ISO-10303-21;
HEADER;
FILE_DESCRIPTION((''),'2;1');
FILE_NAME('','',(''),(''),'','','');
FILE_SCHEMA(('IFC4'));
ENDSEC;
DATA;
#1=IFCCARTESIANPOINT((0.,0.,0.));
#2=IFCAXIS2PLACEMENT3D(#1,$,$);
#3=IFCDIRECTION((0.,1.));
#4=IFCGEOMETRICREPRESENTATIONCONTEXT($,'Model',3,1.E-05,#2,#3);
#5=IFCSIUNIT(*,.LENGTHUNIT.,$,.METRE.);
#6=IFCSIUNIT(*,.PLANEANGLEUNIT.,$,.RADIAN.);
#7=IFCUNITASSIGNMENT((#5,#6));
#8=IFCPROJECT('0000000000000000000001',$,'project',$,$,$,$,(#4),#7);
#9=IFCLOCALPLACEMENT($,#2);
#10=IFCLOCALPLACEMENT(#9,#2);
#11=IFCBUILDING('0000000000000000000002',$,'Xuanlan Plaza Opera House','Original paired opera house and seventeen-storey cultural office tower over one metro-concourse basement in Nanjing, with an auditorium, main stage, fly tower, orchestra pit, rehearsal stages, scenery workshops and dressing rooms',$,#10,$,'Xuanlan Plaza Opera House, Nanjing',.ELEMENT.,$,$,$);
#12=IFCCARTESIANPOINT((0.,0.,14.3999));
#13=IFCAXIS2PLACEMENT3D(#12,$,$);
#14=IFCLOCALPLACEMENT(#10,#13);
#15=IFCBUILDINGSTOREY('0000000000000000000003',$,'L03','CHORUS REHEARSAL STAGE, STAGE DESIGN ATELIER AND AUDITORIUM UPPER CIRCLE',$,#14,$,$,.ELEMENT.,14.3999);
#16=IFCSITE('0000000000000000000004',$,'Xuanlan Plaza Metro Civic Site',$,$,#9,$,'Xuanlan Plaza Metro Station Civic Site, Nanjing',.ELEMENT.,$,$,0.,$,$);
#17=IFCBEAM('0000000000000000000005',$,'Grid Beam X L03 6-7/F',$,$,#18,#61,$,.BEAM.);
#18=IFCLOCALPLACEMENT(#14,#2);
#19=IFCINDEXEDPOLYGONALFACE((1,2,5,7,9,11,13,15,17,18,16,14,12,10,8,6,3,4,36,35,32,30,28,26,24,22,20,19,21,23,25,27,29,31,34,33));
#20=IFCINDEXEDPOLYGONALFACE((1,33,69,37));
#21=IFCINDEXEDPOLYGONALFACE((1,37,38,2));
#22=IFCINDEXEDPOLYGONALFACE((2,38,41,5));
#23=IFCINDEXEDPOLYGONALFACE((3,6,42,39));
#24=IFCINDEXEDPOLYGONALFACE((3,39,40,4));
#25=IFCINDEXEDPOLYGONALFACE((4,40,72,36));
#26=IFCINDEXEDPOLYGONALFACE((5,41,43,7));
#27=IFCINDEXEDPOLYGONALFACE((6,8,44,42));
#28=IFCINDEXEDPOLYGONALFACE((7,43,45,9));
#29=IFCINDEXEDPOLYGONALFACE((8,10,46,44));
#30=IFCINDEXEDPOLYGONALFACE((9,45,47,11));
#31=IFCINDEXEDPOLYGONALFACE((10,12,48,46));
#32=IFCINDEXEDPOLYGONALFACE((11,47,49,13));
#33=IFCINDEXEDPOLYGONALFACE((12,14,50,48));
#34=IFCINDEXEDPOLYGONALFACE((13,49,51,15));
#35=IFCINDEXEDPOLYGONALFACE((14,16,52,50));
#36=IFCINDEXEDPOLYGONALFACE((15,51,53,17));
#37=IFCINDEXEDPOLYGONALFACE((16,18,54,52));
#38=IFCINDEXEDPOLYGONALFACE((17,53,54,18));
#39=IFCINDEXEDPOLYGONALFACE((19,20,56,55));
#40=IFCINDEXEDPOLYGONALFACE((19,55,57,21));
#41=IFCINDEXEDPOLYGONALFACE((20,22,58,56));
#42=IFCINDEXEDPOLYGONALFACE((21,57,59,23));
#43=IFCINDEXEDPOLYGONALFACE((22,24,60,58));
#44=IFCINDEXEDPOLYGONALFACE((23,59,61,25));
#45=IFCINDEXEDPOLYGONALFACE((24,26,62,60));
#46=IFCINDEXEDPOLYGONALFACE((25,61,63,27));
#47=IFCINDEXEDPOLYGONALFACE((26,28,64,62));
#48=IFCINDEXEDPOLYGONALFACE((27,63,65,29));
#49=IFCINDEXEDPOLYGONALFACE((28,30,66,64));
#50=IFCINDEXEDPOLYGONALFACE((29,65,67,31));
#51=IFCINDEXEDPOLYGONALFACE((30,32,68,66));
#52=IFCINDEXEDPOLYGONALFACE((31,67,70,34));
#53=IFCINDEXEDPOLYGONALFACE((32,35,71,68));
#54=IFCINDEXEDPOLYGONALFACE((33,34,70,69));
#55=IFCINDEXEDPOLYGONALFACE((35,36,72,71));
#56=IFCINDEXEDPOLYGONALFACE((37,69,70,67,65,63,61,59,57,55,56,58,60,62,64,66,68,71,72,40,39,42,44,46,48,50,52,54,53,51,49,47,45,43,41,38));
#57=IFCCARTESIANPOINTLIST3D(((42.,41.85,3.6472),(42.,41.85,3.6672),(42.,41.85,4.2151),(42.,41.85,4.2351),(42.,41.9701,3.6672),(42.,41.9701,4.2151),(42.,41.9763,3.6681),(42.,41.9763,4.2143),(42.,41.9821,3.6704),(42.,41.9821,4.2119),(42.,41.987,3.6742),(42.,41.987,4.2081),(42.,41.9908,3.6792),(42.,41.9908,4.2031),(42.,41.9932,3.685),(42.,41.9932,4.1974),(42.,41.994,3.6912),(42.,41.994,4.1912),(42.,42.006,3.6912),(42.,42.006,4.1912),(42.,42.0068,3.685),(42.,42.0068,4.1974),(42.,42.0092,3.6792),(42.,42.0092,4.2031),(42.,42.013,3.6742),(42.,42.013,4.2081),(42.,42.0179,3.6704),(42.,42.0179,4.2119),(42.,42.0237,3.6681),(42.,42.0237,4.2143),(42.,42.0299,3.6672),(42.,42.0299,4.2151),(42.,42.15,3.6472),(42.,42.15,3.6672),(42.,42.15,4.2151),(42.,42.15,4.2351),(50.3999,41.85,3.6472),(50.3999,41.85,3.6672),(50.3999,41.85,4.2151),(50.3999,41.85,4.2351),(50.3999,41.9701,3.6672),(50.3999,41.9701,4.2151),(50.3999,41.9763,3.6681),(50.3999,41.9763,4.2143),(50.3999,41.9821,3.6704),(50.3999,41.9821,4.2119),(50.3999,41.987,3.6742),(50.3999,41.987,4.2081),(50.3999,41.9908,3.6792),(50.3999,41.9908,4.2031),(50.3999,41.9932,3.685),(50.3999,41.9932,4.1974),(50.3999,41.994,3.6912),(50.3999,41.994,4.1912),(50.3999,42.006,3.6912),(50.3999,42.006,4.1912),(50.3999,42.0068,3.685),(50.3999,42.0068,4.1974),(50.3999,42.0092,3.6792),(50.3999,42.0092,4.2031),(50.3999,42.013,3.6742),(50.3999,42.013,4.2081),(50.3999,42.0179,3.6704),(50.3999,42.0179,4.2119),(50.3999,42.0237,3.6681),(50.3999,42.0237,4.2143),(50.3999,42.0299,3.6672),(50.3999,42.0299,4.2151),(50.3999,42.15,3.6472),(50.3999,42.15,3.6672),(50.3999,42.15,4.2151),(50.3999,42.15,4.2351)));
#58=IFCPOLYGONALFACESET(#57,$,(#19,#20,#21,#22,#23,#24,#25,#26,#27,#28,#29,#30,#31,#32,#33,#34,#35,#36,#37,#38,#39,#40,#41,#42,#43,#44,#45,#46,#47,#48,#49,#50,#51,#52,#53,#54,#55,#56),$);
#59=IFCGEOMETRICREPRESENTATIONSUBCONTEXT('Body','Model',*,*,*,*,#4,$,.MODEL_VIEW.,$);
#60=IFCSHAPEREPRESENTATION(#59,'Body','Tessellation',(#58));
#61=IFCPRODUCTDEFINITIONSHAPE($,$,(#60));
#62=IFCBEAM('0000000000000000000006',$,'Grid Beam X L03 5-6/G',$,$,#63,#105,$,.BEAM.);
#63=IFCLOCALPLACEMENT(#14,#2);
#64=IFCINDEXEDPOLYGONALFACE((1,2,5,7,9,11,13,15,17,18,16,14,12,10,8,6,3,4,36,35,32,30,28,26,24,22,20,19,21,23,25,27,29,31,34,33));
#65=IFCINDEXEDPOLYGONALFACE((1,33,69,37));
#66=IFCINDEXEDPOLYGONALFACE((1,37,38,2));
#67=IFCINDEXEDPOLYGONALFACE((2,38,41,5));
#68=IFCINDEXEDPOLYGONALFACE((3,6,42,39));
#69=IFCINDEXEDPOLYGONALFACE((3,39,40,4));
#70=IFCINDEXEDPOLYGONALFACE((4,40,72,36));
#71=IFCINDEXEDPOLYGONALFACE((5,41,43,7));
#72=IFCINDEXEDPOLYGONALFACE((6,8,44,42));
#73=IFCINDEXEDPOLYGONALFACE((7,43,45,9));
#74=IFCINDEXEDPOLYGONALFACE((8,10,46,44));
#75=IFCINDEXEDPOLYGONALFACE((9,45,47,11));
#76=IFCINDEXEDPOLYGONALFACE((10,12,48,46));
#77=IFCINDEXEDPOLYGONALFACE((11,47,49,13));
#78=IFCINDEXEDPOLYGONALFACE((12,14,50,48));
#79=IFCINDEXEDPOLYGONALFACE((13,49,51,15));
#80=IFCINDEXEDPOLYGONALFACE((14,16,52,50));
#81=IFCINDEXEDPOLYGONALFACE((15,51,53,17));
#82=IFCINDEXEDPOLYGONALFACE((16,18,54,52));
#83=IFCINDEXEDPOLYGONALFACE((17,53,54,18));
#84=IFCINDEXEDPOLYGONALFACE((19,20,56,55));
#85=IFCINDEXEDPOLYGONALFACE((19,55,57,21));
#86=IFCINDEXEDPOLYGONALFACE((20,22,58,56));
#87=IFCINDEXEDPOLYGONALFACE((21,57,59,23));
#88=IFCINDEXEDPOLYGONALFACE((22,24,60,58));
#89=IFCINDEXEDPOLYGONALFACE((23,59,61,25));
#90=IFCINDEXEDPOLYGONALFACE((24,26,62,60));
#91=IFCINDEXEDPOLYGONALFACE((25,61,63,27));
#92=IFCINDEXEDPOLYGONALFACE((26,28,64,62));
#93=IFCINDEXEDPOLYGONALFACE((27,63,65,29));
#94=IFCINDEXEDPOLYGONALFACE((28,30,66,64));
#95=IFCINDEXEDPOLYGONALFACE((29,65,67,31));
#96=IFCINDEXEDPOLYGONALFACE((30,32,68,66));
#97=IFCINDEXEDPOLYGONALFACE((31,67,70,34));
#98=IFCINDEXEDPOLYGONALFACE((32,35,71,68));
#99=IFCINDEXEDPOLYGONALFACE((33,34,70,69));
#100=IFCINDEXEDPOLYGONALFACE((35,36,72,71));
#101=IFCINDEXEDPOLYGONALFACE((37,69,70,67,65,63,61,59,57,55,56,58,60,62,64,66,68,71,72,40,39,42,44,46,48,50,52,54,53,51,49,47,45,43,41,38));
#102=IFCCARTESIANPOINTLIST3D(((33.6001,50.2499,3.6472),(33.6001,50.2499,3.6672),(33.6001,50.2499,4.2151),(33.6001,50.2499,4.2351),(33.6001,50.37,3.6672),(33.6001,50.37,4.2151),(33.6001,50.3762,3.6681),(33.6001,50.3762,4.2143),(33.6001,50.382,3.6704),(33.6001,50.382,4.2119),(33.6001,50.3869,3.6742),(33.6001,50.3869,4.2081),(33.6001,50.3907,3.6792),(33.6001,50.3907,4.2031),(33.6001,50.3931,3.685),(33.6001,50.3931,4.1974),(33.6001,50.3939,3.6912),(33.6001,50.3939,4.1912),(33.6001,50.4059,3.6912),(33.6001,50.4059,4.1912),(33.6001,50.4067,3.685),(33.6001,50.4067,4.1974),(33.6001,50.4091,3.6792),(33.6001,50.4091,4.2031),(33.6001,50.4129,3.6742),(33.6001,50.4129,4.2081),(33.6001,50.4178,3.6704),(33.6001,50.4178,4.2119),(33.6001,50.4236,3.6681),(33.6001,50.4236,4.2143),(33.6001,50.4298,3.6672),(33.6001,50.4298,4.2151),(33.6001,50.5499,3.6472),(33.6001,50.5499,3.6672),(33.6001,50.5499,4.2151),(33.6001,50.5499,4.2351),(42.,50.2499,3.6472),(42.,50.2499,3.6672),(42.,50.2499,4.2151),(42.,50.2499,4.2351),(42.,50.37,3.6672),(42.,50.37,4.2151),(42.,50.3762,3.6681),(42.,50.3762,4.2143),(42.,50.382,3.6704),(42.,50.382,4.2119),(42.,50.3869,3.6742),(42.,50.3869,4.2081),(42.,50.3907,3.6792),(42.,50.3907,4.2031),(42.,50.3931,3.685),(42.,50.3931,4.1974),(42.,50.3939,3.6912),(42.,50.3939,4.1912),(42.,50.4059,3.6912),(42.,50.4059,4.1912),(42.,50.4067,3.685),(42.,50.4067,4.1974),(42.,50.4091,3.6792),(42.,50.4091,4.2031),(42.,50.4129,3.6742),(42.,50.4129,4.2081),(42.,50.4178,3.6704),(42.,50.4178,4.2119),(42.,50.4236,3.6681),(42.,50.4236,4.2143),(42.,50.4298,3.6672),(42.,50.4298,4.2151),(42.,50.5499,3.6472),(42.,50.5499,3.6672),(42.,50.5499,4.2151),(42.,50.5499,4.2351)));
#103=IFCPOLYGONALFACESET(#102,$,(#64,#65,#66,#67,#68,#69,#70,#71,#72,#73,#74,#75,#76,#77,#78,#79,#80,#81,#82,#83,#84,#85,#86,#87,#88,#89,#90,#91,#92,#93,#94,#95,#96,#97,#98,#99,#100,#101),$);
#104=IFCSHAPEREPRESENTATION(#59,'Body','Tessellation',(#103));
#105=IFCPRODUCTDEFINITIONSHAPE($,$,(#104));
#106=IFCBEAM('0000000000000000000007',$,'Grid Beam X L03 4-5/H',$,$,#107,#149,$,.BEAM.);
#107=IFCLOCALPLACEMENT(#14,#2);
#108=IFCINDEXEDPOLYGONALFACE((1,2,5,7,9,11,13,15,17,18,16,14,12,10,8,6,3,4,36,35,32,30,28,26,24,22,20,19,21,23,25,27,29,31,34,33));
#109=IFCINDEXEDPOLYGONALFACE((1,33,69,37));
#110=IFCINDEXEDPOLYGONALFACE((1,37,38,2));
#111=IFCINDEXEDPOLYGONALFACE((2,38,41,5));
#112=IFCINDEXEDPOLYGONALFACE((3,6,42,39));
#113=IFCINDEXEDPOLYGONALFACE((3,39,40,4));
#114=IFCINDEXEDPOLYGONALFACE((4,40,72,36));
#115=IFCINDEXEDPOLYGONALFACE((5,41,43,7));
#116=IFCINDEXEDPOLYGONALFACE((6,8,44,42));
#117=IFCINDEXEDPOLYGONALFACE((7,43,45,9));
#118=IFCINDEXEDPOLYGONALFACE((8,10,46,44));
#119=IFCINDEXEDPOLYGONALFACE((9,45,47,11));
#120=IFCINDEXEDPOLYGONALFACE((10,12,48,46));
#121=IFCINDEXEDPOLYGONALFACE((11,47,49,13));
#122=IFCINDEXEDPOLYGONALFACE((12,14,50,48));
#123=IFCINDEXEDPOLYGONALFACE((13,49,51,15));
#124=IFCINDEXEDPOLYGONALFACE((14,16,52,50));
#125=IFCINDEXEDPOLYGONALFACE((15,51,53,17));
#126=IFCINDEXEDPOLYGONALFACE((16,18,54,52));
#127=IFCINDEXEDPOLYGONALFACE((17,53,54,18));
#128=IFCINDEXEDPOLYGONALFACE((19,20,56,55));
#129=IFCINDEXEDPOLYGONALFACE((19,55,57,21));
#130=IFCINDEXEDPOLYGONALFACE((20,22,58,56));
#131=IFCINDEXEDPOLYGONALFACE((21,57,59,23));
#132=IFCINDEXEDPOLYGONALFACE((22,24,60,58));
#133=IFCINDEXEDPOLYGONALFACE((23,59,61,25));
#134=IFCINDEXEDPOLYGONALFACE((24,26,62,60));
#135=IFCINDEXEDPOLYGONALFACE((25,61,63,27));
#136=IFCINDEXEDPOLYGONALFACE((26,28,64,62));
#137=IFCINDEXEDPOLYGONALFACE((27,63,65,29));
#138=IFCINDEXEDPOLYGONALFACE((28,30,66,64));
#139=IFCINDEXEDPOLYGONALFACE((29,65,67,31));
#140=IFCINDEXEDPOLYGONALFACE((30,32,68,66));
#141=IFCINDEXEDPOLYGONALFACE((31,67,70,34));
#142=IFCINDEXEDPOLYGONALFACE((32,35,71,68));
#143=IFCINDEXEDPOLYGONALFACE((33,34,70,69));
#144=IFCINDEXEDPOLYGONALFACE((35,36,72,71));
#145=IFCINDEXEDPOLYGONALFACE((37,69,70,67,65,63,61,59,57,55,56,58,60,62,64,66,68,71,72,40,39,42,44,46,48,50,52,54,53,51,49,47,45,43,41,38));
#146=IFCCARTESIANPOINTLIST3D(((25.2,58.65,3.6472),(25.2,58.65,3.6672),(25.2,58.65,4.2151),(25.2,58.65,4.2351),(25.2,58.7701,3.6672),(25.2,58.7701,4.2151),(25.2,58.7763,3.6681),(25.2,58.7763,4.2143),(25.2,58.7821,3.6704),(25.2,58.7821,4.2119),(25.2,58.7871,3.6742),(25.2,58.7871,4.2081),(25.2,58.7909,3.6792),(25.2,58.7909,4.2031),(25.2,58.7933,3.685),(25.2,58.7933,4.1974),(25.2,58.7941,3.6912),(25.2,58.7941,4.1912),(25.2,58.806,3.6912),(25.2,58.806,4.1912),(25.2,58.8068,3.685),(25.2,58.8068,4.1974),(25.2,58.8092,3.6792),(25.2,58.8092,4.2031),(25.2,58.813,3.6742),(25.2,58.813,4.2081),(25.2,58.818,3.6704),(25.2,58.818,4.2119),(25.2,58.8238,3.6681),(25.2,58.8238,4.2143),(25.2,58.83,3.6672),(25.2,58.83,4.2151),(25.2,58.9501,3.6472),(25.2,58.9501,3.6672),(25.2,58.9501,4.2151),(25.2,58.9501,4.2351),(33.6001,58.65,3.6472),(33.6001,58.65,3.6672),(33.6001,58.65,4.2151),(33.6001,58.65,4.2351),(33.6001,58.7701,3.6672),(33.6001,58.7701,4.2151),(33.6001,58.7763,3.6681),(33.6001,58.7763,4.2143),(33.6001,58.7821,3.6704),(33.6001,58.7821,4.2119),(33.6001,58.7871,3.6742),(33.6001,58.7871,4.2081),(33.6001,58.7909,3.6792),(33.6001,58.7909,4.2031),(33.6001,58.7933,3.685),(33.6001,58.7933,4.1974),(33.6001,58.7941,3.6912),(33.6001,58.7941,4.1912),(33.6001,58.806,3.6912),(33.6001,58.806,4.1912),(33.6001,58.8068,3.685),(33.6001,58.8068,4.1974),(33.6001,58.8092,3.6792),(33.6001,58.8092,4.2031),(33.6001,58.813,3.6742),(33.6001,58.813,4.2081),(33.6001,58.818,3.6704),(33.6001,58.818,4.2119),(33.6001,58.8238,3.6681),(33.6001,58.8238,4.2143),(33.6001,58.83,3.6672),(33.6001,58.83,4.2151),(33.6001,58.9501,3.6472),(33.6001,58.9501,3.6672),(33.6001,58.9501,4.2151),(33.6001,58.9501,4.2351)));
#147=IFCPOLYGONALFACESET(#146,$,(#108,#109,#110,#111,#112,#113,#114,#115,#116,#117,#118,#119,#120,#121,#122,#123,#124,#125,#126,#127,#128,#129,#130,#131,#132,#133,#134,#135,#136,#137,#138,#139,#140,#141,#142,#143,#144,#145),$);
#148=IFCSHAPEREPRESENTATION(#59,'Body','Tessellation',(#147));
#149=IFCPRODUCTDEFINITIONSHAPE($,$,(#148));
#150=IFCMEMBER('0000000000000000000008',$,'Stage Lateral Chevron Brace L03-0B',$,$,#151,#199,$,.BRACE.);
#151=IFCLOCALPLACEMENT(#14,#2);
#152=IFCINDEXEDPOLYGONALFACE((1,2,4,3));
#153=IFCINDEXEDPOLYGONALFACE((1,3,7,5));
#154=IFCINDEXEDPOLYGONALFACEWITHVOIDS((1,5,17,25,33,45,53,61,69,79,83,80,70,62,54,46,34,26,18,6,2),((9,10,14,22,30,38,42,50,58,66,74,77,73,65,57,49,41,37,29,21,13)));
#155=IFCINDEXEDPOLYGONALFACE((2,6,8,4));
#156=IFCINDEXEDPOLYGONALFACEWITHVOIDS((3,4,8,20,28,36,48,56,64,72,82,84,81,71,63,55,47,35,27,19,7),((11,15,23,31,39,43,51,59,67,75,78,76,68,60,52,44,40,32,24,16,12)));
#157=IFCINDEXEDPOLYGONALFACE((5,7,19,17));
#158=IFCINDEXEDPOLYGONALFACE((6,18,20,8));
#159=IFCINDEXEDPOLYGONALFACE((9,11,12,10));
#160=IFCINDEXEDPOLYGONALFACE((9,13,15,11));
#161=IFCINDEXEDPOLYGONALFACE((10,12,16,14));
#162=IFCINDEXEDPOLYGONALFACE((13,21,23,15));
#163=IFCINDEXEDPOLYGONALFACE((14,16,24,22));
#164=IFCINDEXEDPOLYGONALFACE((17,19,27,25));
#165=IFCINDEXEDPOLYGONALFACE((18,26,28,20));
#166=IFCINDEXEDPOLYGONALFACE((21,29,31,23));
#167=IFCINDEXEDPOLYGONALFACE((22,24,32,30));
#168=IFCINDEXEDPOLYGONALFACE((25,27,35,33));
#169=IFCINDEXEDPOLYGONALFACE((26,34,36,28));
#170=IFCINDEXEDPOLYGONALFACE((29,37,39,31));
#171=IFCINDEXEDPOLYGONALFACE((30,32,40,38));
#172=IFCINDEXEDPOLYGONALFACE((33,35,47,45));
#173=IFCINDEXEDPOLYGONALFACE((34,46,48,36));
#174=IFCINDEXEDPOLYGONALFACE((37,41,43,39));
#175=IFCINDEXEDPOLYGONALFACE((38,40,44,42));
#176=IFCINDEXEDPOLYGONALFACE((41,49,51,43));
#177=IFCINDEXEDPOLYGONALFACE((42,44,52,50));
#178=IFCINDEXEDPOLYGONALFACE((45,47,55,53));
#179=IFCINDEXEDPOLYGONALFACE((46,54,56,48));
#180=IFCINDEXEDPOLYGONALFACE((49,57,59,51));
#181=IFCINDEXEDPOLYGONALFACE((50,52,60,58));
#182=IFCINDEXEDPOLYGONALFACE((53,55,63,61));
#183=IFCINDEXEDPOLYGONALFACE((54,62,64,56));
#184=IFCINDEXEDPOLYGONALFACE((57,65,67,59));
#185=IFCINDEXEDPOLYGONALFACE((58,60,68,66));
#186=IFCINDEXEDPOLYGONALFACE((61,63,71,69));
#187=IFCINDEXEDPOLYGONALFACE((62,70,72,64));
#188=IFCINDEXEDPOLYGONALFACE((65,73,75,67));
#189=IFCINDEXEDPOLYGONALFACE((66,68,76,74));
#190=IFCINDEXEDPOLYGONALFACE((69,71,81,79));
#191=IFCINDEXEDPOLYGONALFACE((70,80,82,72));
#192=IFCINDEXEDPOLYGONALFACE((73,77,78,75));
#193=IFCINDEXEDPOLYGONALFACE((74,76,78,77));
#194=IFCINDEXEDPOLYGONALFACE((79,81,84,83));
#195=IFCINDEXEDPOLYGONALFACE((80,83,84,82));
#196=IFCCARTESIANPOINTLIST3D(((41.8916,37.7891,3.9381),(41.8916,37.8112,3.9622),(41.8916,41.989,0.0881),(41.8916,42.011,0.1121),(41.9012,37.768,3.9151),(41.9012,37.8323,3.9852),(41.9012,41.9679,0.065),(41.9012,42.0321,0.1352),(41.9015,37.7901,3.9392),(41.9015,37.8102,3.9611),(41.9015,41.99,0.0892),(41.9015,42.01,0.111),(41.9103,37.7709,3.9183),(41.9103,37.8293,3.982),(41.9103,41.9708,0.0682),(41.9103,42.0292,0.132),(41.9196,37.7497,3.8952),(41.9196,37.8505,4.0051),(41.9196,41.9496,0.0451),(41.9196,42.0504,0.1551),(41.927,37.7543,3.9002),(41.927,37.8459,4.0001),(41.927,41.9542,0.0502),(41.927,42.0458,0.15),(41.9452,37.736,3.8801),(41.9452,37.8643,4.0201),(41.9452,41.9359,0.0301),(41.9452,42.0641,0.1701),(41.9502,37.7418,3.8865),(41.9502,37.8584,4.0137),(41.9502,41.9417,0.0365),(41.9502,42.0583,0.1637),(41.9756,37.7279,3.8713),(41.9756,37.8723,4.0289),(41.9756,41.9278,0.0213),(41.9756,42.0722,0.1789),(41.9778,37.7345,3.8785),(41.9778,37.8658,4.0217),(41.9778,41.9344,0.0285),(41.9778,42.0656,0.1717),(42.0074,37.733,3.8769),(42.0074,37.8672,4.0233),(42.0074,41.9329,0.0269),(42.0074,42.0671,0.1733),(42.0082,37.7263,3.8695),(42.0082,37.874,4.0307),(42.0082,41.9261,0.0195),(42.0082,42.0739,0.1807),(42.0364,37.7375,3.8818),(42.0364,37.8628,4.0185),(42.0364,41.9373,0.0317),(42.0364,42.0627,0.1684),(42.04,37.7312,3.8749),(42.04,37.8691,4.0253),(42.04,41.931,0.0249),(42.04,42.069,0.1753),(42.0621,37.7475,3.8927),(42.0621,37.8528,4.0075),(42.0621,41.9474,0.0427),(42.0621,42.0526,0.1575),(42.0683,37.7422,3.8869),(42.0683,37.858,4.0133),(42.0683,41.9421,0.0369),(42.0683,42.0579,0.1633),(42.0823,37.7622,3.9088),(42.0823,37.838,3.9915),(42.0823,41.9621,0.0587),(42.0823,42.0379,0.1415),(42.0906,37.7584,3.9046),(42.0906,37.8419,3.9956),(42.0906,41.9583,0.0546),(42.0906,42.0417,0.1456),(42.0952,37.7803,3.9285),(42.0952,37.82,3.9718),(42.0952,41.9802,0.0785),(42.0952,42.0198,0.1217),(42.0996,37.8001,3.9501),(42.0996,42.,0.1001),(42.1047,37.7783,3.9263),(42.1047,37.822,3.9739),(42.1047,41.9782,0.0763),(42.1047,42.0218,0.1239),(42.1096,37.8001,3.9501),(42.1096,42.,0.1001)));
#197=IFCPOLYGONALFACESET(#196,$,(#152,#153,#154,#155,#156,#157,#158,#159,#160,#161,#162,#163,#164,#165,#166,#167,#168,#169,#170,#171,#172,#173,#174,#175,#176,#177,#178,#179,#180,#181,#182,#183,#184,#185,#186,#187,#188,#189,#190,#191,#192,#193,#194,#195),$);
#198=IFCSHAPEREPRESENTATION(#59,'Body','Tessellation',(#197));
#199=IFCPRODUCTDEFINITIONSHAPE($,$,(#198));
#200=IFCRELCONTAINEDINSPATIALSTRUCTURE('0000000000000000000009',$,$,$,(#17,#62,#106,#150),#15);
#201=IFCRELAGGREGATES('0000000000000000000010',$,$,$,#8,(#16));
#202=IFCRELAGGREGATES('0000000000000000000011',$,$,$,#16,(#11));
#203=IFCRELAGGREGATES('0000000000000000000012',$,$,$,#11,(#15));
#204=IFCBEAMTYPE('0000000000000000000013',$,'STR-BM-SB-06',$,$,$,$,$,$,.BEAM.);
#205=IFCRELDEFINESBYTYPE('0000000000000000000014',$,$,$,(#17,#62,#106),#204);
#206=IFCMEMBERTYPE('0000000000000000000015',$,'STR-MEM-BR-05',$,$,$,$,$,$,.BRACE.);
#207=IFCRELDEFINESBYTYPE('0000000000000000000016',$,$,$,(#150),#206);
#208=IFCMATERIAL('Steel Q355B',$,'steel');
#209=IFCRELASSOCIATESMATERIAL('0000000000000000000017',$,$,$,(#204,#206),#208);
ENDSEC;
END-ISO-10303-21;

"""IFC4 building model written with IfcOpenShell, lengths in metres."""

from ifc_helpers import new_model, si_unit, direction, frame, origin, origin_2d, place, context, subcontext, project, spatial, hollow_circle, i_section, extrude, material, material_profile, profile_set, type_object, element, save


model = new_model("IFC4")

# Units and contexts
model_context = context("Model", 3, precision=1e-05, world=origin(), true_north=direction((0.0, 1.0)))
body_context = subcontext(model_context, "Body", "Model", "MODEL_VIEW")
ifc_project = project(units=[si_unit("LENGTHUNIT", "METRE"), si_unit("PLANEANGLEUNIT", "RADIAN")], contexts=[model_context])

# Site, building, storey
site_placement = place(None, origin())
site = spatial("IfcSite", under=ifc_project, at=site_placement, Name="Xuanlan Plaza Metro Civic Site", LongName="Xuanlan Plaza Metro Station Civic Site, Nanjing", CompositionType="ELEMENT", RefElevation=0.0)
building_placement = place(site_placement, origin())
building = spatial("IfcBuilding", under=site, at=building_placement, Name="Xuanlan Plaza Opera House", Description="Original paired opera house and seventeen-storey cultural office tower over one metro-concourse basement in Nanjing, with an auditorium, main stage, fly tower, orchestra pit, rehearsal stages, scenery workshops and dressing rooms", LongName="Xuanlan Plaza Opera House, Nanjing", CompositionType="ELEMENT")
storey_placement = place(building_placement, frame((0.0, 0.0, 14.3999)))
storey = spatial("IfcBuildingStorey", under=building, at=storey_placement, Name="L03", Description="CHORUS REHEARSAL STAGE, STAGE DESIGN ATELIER AND AUDITORIUM UPPER CIRCLE", CompositionType="ELEMENT", Elevation=14.3999)

# Beams
ifc_material_1 = material(Name="Steel Q355B", Category="steel")
ifc_material_profile_1 = material_profile(ifc_material_1, i_section(OverallWidth=0.3, OverallDepth=0.5879, WebThickness=0.012, FlangeThickness=0.02, FilletRadius=0.0239, at=origin_2d()), Name="HM 588x300x12x20")
ifc_profile_set_1 = profile_set([ifc_material_profile_1], Name="Steel Q355B")
beam_type_1 = type_object("IfcBeamType", Name="STR-BM-SB-06", PredefinedType="BEAM", material=ifc_profile_set_1)
for number, where, z_axis, x_axis, name in (
    (1, (42.0, 42.0, 3.9412), (1.0, 0.0, 0.0), (0.0, 1.0, 0.0), "Grid Beam X L03 6-7/F"),
    (2, (33.6001, 50.3999, 3.9412), (1.0, 0.0, 0.0), (0.0, 1.0, 0.0), "Grid Beam X L03 5-6/G"),
):
    element("IfcBeam", number, at=place(storey_placement, frame(where, z_axis=z_axis, x_axis=x_axis)), inside=storey, type_object=beam_type_1, Name=name, PredefinedType="BEAM", context=body_context, shape_type="SweptSolid", body=[
        extrude(i_section(OverallWidth=0.3, OverallDepth=0.5879, WebThickness=0.012, FlangeThickness=0.02, FilletRadius=0.0239, at=origin_2d()), origin(), (0.0, 0.0, 1.0), 8.3999),
    ])
beam_1_placement = place(storey_placement, frame((25.2, 58.8, 3.9412), z_axis=(1.0, 0.0, 0.0), x_axis=(0.0, 1.0, 0.0)))
element("IfcBeam", 3, at=beam_1_placement, inside=storey, type_object=beam_type_1, Name="Grid Beam X L03 4-5/H", PredefinedType="BEAM", context=body_context, shape_type="SweptSolid", body=[
    extrude(i_section(OverallWidth=0.3, OverallDepth=0.5879, WebThickness=0.012, FlangeThickness=0.02, FilletRadius=0.0239, at=origin_2d()), origin(), (0.0, 0.0, 1.0), 8.4001),
])

# Member
ifc_material_profile_2 = material_profile(ifc_material_1, hollow_circle(Radius=0.1096, WallThickness=0.01, at=origin_2d()), Name="CHS 219.1x10")
ifc_profile_set_2 = profile_set([ifc_material_profile_2], Name="Steel Q355B")
member_type = type_object("IfcMemberType", Name="STR-MEM-BR-05", PredefinedType="BRACE", material=ifc_profile_set_2)
member_placement = place(storey_placement, frame((42.0, 42.0, 0.1001), z_axis=(0.0, -0.737142, 0.675738), x_axis=(1.0, 0.0, 0.0)))
element("IfcMember", 4, at=member_placement, inside=storey, type_object=member_type, Name="Stage Lateral Chevron Brace L03-0B", PredefinedType="BRACE", context=body_context, shape_type="SweptSolid", body=[
    extrude(hollow_circle(Radius=0.1096, WallThickness=0.01, at=origin_2d()), origin(), (0.0, 0.0, 1.0), 5.6975),
])

save(model, "model.ifc")
